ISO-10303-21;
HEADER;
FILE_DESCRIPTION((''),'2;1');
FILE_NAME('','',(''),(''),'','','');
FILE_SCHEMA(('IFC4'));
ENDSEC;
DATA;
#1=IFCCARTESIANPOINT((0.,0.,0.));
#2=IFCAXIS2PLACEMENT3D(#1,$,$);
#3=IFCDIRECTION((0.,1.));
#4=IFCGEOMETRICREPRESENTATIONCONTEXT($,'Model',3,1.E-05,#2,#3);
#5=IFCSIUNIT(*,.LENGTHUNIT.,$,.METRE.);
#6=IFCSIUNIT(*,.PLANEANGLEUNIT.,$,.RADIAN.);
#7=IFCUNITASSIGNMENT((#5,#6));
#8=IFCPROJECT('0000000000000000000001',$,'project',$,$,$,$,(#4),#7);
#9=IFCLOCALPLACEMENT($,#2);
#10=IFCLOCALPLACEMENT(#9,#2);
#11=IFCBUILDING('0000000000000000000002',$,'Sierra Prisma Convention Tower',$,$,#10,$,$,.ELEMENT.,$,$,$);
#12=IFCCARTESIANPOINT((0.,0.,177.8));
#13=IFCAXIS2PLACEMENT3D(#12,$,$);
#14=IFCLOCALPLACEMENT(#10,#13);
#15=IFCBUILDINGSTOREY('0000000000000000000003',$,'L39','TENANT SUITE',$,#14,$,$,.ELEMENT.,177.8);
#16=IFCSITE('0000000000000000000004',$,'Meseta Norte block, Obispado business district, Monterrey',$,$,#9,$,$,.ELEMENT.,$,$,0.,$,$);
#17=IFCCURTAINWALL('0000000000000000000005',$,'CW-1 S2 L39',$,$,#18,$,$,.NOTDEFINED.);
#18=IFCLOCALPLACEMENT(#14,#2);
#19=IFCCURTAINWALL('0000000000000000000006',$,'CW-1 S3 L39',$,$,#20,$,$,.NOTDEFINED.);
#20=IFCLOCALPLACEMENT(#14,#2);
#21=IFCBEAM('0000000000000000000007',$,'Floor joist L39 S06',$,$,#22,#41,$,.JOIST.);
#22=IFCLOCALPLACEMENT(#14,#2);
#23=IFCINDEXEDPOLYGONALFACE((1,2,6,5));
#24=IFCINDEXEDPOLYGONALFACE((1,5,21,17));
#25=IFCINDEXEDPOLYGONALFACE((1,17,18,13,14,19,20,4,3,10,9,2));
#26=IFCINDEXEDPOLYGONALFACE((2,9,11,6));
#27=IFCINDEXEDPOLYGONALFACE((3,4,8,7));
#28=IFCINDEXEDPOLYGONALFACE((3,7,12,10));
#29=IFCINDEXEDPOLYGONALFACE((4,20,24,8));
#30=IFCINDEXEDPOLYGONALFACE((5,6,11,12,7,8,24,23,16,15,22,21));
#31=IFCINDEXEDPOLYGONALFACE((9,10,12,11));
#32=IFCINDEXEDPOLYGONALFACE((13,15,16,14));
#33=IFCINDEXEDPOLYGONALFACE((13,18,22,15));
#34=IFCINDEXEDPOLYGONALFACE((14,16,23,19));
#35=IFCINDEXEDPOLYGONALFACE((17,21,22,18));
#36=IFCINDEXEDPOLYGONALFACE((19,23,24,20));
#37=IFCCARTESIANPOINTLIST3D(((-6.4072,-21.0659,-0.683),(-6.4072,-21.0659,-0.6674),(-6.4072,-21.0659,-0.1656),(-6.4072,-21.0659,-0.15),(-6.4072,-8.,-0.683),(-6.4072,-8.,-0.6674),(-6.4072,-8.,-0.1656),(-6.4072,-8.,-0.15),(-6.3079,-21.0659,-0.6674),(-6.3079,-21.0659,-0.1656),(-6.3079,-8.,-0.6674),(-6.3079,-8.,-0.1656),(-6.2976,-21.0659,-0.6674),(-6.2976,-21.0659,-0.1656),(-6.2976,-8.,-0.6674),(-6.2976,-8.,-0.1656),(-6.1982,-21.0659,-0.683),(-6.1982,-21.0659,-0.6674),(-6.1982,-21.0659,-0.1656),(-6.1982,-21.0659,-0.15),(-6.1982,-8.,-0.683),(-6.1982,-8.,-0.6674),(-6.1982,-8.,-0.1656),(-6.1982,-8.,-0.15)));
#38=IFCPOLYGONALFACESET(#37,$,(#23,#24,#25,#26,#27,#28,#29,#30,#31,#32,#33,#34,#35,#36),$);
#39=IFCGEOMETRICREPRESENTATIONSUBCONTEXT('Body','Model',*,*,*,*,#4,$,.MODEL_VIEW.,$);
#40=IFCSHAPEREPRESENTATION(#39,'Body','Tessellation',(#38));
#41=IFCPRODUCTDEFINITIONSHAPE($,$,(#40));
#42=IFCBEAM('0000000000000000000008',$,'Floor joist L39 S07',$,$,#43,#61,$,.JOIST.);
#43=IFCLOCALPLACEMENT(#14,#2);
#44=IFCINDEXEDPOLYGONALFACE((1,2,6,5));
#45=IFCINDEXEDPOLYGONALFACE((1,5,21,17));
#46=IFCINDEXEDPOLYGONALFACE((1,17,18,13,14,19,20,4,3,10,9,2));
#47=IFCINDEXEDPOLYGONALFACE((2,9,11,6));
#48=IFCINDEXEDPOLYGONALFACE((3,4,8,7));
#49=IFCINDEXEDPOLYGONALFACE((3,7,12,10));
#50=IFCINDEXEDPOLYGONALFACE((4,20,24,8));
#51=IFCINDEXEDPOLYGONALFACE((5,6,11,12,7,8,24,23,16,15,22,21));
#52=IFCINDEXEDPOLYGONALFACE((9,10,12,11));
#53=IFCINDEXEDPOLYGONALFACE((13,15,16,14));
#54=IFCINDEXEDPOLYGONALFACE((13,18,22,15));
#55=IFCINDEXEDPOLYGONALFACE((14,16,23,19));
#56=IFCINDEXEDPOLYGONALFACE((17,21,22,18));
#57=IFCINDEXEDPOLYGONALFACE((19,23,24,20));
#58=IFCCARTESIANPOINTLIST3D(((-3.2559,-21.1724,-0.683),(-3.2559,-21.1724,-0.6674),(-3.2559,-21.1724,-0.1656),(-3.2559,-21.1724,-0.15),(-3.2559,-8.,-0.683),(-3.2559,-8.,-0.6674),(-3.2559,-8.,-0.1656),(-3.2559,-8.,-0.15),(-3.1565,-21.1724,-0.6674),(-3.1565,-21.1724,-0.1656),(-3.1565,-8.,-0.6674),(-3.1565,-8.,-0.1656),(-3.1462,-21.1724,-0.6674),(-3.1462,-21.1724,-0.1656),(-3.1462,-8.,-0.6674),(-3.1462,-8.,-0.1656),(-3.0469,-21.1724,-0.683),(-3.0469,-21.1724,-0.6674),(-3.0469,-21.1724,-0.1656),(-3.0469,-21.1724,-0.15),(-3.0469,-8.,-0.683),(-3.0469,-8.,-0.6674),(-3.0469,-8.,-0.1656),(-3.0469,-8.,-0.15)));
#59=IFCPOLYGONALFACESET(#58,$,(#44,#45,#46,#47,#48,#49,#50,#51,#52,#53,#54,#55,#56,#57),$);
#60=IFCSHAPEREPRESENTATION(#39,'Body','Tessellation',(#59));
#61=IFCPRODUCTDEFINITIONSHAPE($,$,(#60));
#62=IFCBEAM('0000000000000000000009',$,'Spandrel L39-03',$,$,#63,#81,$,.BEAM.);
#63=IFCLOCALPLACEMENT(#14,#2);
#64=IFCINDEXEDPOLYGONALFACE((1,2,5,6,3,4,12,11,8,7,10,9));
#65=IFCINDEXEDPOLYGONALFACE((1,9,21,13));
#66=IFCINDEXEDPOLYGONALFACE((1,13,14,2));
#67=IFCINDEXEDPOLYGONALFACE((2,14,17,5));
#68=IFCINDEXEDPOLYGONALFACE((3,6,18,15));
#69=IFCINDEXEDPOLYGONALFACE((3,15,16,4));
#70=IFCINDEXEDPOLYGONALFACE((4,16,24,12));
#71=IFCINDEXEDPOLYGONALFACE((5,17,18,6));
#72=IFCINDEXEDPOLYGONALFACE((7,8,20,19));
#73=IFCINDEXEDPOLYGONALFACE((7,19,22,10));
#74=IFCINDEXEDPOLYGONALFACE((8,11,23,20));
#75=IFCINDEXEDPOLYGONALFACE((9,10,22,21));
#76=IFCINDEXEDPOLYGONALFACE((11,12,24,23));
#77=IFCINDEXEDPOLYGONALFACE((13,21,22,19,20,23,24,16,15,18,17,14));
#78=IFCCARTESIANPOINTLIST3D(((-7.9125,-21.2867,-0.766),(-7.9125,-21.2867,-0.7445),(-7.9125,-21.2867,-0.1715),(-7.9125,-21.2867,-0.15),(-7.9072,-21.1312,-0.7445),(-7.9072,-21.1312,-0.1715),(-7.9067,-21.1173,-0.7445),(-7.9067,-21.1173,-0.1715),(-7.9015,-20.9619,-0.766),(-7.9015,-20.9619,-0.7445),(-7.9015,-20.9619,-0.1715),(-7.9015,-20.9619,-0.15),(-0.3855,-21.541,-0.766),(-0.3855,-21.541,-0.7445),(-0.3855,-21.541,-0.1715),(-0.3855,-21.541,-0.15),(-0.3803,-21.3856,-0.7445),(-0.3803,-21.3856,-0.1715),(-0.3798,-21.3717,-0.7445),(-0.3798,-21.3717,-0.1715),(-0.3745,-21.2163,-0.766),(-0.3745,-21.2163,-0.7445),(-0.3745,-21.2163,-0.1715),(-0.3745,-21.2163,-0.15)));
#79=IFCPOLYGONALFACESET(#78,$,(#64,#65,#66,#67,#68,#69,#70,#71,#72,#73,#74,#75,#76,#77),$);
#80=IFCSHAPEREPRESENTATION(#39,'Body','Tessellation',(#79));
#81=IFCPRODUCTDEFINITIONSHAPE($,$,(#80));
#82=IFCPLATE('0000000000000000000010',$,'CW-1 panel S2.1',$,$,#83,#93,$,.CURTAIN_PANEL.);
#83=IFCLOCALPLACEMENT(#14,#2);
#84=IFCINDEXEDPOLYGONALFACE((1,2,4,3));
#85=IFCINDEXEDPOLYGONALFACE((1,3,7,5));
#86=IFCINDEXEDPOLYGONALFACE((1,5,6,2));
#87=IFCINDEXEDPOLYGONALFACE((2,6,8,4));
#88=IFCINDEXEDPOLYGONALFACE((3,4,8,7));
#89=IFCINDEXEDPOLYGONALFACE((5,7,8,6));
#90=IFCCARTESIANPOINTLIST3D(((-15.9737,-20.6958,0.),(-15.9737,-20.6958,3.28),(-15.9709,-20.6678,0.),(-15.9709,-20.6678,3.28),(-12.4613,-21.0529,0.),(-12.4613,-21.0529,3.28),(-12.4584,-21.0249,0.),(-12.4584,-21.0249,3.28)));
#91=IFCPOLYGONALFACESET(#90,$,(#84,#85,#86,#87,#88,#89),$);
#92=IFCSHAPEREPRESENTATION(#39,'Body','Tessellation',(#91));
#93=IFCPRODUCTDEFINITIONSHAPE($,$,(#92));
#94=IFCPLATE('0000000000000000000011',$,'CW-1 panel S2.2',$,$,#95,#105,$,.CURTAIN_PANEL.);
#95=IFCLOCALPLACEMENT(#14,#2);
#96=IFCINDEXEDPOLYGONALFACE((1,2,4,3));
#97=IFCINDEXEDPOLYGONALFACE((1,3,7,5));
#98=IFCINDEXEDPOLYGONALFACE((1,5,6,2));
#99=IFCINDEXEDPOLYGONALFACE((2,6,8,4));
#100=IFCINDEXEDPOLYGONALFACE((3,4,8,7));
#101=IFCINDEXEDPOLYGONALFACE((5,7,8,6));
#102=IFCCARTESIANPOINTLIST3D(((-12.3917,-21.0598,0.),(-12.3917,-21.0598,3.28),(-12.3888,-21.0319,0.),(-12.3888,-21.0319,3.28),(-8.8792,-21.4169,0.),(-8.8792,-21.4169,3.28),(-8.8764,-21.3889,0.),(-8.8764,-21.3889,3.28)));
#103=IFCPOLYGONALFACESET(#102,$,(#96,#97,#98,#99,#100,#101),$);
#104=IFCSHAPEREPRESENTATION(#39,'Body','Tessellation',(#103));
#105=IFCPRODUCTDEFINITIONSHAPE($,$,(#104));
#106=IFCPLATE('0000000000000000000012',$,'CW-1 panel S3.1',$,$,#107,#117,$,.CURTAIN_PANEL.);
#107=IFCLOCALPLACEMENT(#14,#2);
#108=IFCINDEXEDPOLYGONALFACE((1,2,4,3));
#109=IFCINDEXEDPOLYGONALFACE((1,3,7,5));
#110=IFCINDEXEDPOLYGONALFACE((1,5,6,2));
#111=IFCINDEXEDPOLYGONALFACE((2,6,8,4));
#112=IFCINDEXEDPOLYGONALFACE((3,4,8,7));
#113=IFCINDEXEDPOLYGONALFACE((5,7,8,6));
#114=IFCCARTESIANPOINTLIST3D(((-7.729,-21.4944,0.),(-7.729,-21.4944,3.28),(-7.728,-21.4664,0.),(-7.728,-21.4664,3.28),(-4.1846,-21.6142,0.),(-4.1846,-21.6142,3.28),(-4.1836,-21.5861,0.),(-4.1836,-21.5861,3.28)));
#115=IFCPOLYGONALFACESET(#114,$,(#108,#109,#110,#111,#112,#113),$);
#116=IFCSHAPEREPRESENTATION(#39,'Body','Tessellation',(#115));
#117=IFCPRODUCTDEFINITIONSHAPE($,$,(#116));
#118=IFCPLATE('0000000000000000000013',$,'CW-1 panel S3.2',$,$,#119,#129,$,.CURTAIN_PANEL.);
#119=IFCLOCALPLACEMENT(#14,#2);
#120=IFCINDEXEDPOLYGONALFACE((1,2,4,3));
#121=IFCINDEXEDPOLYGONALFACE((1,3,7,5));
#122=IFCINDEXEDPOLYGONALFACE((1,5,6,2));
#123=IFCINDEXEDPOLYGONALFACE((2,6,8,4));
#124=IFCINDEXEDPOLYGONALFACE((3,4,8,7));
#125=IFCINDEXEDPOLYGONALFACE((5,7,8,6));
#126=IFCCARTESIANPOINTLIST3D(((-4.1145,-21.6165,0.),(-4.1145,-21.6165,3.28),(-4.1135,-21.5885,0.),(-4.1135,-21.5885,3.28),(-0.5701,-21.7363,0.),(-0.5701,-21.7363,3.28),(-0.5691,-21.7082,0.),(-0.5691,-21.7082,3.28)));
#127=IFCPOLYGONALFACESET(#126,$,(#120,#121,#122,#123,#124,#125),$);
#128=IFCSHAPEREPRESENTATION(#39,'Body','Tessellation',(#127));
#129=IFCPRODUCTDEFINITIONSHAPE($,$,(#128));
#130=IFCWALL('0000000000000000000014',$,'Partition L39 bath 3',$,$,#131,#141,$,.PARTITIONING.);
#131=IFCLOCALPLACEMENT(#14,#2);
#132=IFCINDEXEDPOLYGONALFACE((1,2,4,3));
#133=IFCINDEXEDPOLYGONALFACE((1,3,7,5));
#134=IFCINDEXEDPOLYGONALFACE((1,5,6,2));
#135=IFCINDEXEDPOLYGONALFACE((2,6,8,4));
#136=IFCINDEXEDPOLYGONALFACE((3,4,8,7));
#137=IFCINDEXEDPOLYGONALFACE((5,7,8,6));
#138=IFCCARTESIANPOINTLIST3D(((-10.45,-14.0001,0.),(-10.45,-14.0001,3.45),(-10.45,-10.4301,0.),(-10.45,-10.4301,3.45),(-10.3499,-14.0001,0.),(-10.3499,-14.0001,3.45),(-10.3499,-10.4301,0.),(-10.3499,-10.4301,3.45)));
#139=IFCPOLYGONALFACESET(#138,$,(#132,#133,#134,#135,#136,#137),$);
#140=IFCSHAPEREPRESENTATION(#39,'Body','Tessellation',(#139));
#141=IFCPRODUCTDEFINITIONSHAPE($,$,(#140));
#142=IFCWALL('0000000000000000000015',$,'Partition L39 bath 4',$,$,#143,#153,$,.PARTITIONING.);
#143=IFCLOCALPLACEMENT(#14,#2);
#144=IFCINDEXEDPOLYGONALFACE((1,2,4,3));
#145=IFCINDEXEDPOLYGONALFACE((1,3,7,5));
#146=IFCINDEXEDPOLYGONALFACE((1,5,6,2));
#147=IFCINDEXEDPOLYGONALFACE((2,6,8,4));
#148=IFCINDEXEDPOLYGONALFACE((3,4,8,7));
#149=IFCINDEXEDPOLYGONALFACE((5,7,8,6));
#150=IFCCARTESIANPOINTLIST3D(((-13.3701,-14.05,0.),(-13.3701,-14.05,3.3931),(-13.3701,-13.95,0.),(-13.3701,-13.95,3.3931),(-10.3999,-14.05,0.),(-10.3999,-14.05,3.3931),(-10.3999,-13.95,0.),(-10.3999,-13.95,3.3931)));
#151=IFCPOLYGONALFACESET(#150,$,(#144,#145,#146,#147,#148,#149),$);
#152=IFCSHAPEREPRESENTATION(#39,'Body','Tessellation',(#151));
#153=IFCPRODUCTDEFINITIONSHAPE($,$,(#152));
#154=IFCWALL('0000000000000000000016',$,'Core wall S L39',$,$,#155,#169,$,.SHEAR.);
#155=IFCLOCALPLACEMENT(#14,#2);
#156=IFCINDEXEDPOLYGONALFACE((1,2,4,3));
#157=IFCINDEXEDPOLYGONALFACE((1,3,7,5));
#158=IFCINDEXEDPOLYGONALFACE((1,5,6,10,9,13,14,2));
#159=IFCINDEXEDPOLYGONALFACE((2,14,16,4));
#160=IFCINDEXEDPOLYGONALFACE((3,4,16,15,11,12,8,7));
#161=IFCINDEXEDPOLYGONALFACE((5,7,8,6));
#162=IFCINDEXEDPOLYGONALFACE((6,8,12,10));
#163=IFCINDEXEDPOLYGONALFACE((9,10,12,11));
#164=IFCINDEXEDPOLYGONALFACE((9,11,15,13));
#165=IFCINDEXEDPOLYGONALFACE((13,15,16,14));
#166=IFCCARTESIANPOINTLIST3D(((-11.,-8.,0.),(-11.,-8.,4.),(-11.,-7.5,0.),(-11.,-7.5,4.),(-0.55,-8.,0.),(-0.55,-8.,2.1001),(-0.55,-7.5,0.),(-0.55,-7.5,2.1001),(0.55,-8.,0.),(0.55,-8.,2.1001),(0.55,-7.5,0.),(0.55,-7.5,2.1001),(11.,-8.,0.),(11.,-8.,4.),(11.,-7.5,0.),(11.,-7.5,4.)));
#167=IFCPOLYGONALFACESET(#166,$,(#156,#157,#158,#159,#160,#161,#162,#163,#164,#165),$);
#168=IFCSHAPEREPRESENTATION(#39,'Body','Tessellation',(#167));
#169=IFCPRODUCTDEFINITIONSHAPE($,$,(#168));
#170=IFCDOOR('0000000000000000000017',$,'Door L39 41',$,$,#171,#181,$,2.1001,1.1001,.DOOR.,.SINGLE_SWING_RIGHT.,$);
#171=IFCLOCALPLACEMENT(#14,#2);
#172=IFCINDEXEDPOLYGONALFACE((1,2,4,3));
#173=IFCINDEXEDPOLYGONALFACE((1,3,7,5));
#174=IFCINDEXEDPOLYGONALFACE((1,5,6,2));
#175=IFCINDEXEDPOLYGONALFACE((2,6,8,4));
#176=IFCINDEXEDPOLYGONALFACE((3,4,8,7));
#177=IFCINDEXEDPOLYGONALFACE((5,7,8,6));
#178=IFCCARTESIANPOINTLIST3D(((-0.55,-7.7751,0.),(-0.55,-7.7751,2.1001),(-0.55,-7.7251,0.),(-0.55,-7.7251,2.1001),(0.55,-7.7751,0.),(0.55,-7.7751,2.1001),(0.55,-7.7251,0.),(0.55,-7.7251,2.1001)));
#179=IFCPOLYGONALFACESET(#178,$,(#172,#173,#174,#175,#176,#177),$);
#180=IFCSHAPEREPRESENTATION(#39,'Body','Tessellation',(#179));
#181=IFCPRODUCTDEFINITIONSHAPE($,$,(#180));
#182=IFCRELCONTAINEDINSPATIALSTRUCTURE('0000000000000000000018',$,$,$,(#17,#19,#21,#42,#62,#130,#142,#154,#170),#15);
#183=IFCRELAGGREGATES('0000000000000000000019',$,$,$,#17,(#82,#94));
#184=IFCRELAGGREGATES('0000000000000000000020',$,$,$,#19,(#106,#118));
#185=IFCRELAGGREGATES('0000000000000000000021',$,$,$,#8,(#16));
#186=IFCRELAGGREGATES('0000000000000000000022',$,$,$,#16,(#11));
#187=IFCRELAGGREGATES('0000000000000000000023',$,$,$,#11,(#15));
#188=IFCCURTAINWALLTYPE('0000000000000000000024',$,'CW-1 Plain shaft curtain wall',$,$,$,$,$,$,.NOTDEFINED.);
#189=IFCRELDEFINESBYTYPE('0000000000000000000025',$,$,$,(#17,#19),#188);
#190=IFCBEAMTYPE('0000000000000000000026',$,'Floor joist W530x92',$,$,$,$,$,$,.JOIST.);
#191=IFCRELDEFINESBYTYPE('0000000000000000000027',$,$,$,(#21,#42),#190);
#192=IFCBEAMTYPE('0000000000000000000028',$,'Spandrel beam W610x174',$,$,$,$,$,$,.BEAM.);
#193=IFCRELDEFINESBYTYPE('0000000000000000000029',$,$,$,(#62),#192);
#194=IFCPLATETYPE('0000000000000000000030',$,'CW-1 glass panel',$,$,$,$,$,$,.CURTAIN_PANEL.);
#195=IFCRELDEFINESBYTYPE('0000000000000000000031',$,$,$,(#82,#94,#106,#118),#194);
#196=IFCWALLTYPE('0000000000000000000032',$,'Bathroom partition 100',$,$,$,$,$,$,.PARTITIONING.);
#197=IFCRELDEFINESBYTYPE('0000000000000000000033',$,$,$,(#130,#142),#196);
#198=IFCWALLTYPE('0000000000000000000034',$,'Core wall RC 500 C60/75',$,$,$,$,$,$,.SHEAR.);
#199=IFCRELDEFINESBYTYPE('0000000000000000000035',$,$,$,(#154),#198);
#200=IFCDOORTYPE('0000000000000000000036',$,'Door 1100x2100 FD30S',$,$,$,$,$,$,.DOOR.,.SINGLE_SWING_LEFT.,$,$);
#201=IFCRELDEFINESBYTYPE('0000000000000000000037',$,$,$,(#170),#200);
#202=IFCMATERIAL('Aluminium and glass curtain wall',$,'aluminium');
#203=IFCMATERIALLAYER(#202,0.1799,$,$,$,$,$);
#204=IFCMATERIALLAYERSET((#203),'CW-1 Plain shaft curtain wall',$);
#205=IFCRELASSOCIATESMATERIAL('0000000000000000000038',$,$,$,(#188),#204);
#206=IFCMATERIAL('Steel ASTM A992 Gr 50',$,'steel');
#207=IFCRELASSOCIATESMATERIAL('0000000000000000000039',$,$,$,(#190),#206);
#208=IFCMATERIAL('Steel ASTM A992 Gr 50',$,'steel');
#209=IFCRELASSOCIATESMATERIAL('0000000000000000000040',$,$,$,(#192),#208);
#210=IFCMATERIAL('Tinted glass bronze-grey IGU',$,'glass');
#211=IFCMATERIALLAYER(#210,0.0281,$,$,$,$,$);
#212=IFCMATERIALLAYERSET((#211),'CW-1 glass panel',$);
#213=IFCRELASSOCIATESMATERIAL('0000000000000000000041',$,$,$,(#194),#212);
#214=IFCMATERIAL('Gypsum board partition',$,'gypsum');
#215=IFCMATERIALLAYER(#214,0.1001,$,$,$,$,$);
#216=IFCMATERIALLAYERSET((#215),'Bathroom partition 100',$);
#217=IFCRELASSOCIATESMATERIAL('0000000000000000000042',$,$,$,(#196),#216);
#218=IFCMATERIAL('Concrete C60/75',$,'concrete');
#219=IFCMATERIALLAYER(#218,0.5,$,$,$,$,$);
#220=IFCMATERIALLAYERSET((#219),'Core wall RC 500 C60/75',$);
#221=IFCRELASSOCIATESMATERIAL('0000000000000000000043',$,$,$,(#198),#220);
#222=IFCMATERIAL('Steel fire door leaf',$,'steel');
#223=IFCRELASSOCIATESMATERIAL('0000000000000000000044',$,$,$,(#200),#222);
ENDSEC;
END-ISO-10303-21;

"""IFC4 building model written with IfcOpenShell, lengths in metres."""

from ifc_helpers import new_model, si_unit, direction, frame, frame_2d, origin, origin_2d, place, context, subcontext, project, spatial, rectangle, i_section, extrude, material, layer, layer_set, material_profile, profile_set, type_object, element, fill, aggregate, save


model = new_model("IFC4")

# Units and contexts
model_context = context("Model", 3, precision=1e-05, world=origin(), true_north=direction((0.0, 1.0)))
body_context = subcontext(model_context, "Body", "Model", "MODEL_VIEW")
ifc_project = project(units=[si_unit("LENGTHUNIT", "METRE"), si_unit("PLANEANGLEUNIT", "RADIAN")], contexts=[model_context])

# Site, building, storey
site_placement = place(None, origin())
site = spatial("IfcSite", under=ifc_project, at=site_placement, Name="Meseta Norte block, Obispado business district, Monterrey", CompositionType="ELEMENT", RefElevation=0.0)
building_placement = place(site_placement, origin())
building = spatial("IfcBuilding", under=site, at=building_placement, Name="Sierra Prisma Convention Tower", CompositionType="ELEMENT")
storey_placement = place(building_placement, frame((0.0, 0.0, 177.8)))
storey = spatial("IfcBuildingStorey", under=building, at=storey_placement, Name="L39", Description="TENANT SUITE", CompositionType="ELEMENT", Elevation=177.8)

# Curtain wall
ifc_material_1 = material(Name="Aluminium and glass curtain wall", Category="aluminium")
ifc_layer_1 = layer(ifc_material_1, 0.1799)
ifc_layer_set_1 = layer_set([ifc_layer_1], Name="CW-1 Plain shaft curtain wall")
curtain_wall_type = type_object("IfcCurtainWallType", Name="CW-1 Plain shaft curtain wall", PredefinedType="NOTDEFINED", material=ifc_layer_set_1)
curtain_wall_1_placement = place(storey_placement, origin())
curtain_wall_1 = element("IfcCurtainWall", 1, at=curtain_wall_1_placement, inside=storey, type_object=curtain_wall_type, Name="CW-1 S2 L39", PredefinedType="NOTDEFINED")

# Curtain wall
curtain_wall_2_placement = place(storey_placement, origin())
curtain_wall_2 = element("IfcCurtainWall", 2, at=curtain_wall_2_placement, inside=storey, type_object=curtain_wall_type, Name="CW-1 S3 L39", PredefinedType="NOTDEFINED")

# Beams
ifc_material_2 = material(Name="Steel ASTM A992 Gr 50", Category="steel")
ifc_material_profile_1 = material_profile(ifc_material_2, i_section(OverallWidth=0.209, OverallDepth=0.533, WebThickness=0.0103, FlangeThickness=0.0156, at=origin_2d()), Name="W530x92")
ifc_profile_set_1 = profile_set([ifc_material_profile_1], Name="Steel ASTM A992 Gr 50")
beam_type_1 = type_object("IfcBeamType", Name="Floor joist W530x92", PredefinedType="JOIST", material=ifc_profile_set_1)
beam_1_placement = place(storey_placement, frame((-6.3027, -21.0659, -0.4165), z_axis=(0.0, 1.0, 0.0), x_axis=(-1.0, 0.0, 0.0)))
element("IfcBeam", 3, at=beam_1_placement, inside=storey, type_object=beam_type_1, Name="Floor joist L39 S06", PredefinedType="JOIST", context=body_context, shape_type="SweptSolid", body=[
    extrude(i_section(OverallWidth=0.209, OverallDepth=0.533, WebThickness=0.0103, FlangeThickness=0.0156, at=origin_2d()), origin(), (0.0, 0.0, 1.0), 13.0659),
])
beam_2_placement = place(storey_placement, frame((-3.1514, -21.1724, -0.4165), z_axis=(0.0, 1.0, 0.0), x_axis=(-1.0, 0.0, 0.0)))
element("IfcBeam", 4, at=beam_2_placement, inside=storey, type_object=beam_type_1, Name="Floor joist L39 S07", PredefinedType="JOIST", context=body_context, shape_type="SweptSolid", body=[
    extrude(i_section(OverallWidth=0.209, OverallDepth=0.533, WebThickness=0.0103, FlangeThickness=0.0156, at=origin_2d()), origin(), (0.0, 0.0, 1.0), 13.1724),
])
ifc_material_3 = material(Name="Steel ASTM A992 Gr 50", Category="steel")
ifc_material_profile_2 = material_profile(ifc_material_3, i_section(OverallWidth=0.325, OverallDepth=0.616, WebThickness=0.0139, FlangeThickness=0.0215, at=origin_2d()), Name="W610x174")
ifc_profile_set_2 = profile_set([ifc_material_profile_2], Name="Steel ASTM A992 Gr 50")
beam_type_2 = type_object("IfcBeamType", Name="Spandrel beam W610x174", PredefinedType="BEAM", material=ifc_profile_set_2)
beam_3_placement = place(storey_placement, frame((-7.907, -21.1243, -0.458), z_axis=(0.999429, -0.033779, 0.0), x_axis=(0.033779, 0.999429, 0.0)))
element("IfcBeam", 5, at=beam_3_placement, inside=storey, type_object=beam_type_2, Name="Spandrel L39-03", PredefinedType="BEAM", context=body_context, shape_type="SweptSolid", body=[
    extrude(i_section(OverallWidth=0.325, OverallDepth=0.616, WebThickness=0.0139, FlangeThickness=0.0215, at=origin_2d()), origin(), (0.0, 0.0, 1.0), 7.5312),
])

# Plates
ifc_material_4 = material(Name="Tinted glass bronze-grey IGU", Category="glass")
ifc_layer_2 = layer(ifc_material_4, 0.0281)
ifc_layer_set_2 = layer_set([ifc_layer_2], Name="CW-1 glass panel")
plate_type = type_object("IfcPlateType", Name="CW-1 glass panel", PredefinedType="CURTAIN_PANEL", material=ifc_layer_set_2)
plate_1_placement = place(storey_placement, frame((-14.2161, -20.8604, 0.0), z_axis=(0.0, 0.0, 1.0), x_axis=(0.994872, -0.101144, 0.0)))
plate_1 = element("IfcPlate", 6, at=plate_1_placement, type_object=plate_type, Name="CW-1 panel S2.1", PredefinedType="CURTAIN_PANEL", context=body_context, shape_type="SweptSolid", body=[
    extrude(rectangle(XDim=3.5305, YDim=0.0281, at=origin_2d()), origin(), (0.0, 0.0, 1.0), 3.28),
])
plate_2_placement = place(storey_placement, frame((-10.634, -21.2244, 0.0), z_axis=(0.0, 0.0, 1.0), x_axis=(0.994872, -0.101144, 0.0)))
plate_2 = element("IfcPlate", 7, at=plate_2_placement, type_object=plate_type, Name="CW-1 panel S2.2", PredefinedType="CURTAIN_PANEL", context=body_context, shape_type="SweptSolid", body=[
    extrude(rectangle(XDim=3.5305, YDim=0.0281, at=origin_2d()), origin(), (0.0, 0.0, 1.0), 3.28),
])
aggregate(curtain_wall_1, [plate_1, plate_2])
plate_3_placement = place(storey_placement, frame((-5.9563, -21.5403, 0.0), z_axis=(0.0, 0.0, 1.0), x_axis=(0.99943, -0.033766, 0.0)))
plate_3 = element("IfcPlate", 8, at=plate_3_placement, type_object=plate_type, Name="CW-1 panel S3.1", PredefinedType="CURTAIN_PANEL", context=body_context, shape_type="SweptSolid", body=[
    extrude(rectangle(XDim=3.5464, YDim=0.0281, at=origin_2d()), origin(), (0.0, 0.0, 1.0), 3.28),
])
plate_4_placement = place(storey_placement, frame((-2.3418, -21.6624, 0.0), z_axis=(0.0, 0.0, 1.0), x_axis=(0.99943, -0.033766, 0.0)))
plate_4 = element("IfcPlate", 9, at=plate_4_placement, type_object=plate_type, Name="CW-1 panel S3.2", PredefinedType="CURTAIN_PANEL", context=body_context, shape_type="SweptSolid", body=[
    extrude(rectangle(XDim=3.5464, YDim=0.0281, at=origin_2d()), origin(), (0.0, 0.0, 1.0), 3.28),
])
aggregate(curtain_wall_2, [plate_3, plate_4])

# Walls
ifc_material_5 = material(Name="Gypsum board partition", Category="gypsum")
ifc_layer_3 = layer(ifc_material_5, 0.1001)
ifc_layer_set_3 = layer_set([ifc_layer_3], Name="Bathroom partition 100")
wall_type_1 = type_object("IfcWallType", Name="Bathroom partition 100", PredefinedType="PARTITIONING", material=ifc_layer_set_3)
wall_1_placement = place(storey_placement, frame((-10.3999, -10.4299, 0.0), z_axis=(0.0, 0.0, 1.0), x_axis=(0.0, -1.0, 0.0)))
element("IfcWall", 10, at=wall_1_placement, inside=storey, type_object=wall_type_1, Name="Partition L39 bath 3", PredefinedType="PARTITIONING", context=body_context, shape_type="SweptSolid", body=[
    extrude(rectangle(XDim=3.5701, YDim=0.1001, at=frame_2d((1.7852, 0.0))), origin(), (0.0, 0.0, 1.0), 3.45),
])
wall_2_placement = place(storey_placement, frame((-10.3999, -14.0, 0.0), z_axis=(0.0, 0.0, 1.0), x_axis=(-1.0, 0.0, 0.0)))
element("IfcWall", 11, at=wall_2_placement, inside=storey, type_object=wall_type_1, Name="Partition L39 bath 4", PredefinedType="PARTITIONING", context=body_context, shape_type="SweptSolid", body=[
    extrude(rectangle(XDim=2.9702, YDim=0.1001, at=frame_2d((1.4851, 0.0))), origin(), (0.0, 0.0, 1.0), 3.3931),
])

# Wall, opening, door
ifc_material_6 = material(Name="Concrete C60/75", Category="concrete")
ifc_layer_4 = layer(ifc_material_6, 0.5)
ifc_layer_set_4 = layer_set([ifc_layer_4], Name="Core wall RC 500 C60/75")
wall_type_2 = type_object("IfcWallType", Name="Core wall RC 500 C60/75", PredefinedType="SHEAR", material=ifc_layer_set_4)
wall_3_placement = place(storey_placement, frame((-11.0, -7.75, 0.0), z_axis=(0.0, 0.0, 1.0), x_axis=(1.0, 0.0, 0.0)))
wall_3 = element("IfcWall", 12, at=wall_3_placement, inside=storey, type_object=wall_type_2, Name="Core wall S L39", PredefinedType="SHEAR", context=body_context, shape_type="SweptSolid", body=[
    extrude(rectangle(XDim=22.0, YDim=0.5, at=frame_2d((11.0, 0.0))), origin(), (0.0, 0.0, 1.0), 4.0),
])
opening_1_placement = place(wall_3_placement, frame((10.45, 0.0, 0.0)))
opening_1 = element("IfcOpeningElement", 13, at=opening_1_placement, cuts=wall_3, PredefinedType="OPENING", context=body_context, shape_type="SweptSolid", body=[
    extrude(rectangle(XDim=1.1001, YDim=2.1001, at=frame_2d((0.55, 1.05))), frame((0.0, 0.25, 0.0), z_axis=(0.0, -1.0, 0.0), x_axis=(1.0, 0.0, 0.0)), (0.0, 0.0, 1.0), 0.5),
])
ifc_material_7 = material(Name="Steel fire door leaf", Category="steel")
door_type_1 = type_object("IfcDoorType", Name="Door 1100x2100 FD30S", OperationType="SINGLE_SWING_LEFT", PredefinedType="DOOR", material=ifc_material_7)
door_1_placement = place(opening_1_placement, origin())
door_1 = element("IfcDoor", 14, at=door_1_placement, inside=storey, type_object=door_type_1, Name="Door L39 41", OperationType="SINGLE_SWING_RIGHT", OverallHeight=2.1001, OverallWidth=1.1001, PredefinedType="DOOR", context=body_context, shape_type="SweptSolid", body=[
    extrude(rectangle(XDim=1.1001, YDim=2.1001, at=frame_2d((0.55, 1.05))), frame((0.0, 0.0249, 0.0), z_axis=(0.0, -1.0, 0.0), x_axis=(1.0, 0.0, 0.0)), (0.0, 0.0, 1.0), 0.05),
])
fill(opening_1, door_1)

save(model, "model.ifc")
